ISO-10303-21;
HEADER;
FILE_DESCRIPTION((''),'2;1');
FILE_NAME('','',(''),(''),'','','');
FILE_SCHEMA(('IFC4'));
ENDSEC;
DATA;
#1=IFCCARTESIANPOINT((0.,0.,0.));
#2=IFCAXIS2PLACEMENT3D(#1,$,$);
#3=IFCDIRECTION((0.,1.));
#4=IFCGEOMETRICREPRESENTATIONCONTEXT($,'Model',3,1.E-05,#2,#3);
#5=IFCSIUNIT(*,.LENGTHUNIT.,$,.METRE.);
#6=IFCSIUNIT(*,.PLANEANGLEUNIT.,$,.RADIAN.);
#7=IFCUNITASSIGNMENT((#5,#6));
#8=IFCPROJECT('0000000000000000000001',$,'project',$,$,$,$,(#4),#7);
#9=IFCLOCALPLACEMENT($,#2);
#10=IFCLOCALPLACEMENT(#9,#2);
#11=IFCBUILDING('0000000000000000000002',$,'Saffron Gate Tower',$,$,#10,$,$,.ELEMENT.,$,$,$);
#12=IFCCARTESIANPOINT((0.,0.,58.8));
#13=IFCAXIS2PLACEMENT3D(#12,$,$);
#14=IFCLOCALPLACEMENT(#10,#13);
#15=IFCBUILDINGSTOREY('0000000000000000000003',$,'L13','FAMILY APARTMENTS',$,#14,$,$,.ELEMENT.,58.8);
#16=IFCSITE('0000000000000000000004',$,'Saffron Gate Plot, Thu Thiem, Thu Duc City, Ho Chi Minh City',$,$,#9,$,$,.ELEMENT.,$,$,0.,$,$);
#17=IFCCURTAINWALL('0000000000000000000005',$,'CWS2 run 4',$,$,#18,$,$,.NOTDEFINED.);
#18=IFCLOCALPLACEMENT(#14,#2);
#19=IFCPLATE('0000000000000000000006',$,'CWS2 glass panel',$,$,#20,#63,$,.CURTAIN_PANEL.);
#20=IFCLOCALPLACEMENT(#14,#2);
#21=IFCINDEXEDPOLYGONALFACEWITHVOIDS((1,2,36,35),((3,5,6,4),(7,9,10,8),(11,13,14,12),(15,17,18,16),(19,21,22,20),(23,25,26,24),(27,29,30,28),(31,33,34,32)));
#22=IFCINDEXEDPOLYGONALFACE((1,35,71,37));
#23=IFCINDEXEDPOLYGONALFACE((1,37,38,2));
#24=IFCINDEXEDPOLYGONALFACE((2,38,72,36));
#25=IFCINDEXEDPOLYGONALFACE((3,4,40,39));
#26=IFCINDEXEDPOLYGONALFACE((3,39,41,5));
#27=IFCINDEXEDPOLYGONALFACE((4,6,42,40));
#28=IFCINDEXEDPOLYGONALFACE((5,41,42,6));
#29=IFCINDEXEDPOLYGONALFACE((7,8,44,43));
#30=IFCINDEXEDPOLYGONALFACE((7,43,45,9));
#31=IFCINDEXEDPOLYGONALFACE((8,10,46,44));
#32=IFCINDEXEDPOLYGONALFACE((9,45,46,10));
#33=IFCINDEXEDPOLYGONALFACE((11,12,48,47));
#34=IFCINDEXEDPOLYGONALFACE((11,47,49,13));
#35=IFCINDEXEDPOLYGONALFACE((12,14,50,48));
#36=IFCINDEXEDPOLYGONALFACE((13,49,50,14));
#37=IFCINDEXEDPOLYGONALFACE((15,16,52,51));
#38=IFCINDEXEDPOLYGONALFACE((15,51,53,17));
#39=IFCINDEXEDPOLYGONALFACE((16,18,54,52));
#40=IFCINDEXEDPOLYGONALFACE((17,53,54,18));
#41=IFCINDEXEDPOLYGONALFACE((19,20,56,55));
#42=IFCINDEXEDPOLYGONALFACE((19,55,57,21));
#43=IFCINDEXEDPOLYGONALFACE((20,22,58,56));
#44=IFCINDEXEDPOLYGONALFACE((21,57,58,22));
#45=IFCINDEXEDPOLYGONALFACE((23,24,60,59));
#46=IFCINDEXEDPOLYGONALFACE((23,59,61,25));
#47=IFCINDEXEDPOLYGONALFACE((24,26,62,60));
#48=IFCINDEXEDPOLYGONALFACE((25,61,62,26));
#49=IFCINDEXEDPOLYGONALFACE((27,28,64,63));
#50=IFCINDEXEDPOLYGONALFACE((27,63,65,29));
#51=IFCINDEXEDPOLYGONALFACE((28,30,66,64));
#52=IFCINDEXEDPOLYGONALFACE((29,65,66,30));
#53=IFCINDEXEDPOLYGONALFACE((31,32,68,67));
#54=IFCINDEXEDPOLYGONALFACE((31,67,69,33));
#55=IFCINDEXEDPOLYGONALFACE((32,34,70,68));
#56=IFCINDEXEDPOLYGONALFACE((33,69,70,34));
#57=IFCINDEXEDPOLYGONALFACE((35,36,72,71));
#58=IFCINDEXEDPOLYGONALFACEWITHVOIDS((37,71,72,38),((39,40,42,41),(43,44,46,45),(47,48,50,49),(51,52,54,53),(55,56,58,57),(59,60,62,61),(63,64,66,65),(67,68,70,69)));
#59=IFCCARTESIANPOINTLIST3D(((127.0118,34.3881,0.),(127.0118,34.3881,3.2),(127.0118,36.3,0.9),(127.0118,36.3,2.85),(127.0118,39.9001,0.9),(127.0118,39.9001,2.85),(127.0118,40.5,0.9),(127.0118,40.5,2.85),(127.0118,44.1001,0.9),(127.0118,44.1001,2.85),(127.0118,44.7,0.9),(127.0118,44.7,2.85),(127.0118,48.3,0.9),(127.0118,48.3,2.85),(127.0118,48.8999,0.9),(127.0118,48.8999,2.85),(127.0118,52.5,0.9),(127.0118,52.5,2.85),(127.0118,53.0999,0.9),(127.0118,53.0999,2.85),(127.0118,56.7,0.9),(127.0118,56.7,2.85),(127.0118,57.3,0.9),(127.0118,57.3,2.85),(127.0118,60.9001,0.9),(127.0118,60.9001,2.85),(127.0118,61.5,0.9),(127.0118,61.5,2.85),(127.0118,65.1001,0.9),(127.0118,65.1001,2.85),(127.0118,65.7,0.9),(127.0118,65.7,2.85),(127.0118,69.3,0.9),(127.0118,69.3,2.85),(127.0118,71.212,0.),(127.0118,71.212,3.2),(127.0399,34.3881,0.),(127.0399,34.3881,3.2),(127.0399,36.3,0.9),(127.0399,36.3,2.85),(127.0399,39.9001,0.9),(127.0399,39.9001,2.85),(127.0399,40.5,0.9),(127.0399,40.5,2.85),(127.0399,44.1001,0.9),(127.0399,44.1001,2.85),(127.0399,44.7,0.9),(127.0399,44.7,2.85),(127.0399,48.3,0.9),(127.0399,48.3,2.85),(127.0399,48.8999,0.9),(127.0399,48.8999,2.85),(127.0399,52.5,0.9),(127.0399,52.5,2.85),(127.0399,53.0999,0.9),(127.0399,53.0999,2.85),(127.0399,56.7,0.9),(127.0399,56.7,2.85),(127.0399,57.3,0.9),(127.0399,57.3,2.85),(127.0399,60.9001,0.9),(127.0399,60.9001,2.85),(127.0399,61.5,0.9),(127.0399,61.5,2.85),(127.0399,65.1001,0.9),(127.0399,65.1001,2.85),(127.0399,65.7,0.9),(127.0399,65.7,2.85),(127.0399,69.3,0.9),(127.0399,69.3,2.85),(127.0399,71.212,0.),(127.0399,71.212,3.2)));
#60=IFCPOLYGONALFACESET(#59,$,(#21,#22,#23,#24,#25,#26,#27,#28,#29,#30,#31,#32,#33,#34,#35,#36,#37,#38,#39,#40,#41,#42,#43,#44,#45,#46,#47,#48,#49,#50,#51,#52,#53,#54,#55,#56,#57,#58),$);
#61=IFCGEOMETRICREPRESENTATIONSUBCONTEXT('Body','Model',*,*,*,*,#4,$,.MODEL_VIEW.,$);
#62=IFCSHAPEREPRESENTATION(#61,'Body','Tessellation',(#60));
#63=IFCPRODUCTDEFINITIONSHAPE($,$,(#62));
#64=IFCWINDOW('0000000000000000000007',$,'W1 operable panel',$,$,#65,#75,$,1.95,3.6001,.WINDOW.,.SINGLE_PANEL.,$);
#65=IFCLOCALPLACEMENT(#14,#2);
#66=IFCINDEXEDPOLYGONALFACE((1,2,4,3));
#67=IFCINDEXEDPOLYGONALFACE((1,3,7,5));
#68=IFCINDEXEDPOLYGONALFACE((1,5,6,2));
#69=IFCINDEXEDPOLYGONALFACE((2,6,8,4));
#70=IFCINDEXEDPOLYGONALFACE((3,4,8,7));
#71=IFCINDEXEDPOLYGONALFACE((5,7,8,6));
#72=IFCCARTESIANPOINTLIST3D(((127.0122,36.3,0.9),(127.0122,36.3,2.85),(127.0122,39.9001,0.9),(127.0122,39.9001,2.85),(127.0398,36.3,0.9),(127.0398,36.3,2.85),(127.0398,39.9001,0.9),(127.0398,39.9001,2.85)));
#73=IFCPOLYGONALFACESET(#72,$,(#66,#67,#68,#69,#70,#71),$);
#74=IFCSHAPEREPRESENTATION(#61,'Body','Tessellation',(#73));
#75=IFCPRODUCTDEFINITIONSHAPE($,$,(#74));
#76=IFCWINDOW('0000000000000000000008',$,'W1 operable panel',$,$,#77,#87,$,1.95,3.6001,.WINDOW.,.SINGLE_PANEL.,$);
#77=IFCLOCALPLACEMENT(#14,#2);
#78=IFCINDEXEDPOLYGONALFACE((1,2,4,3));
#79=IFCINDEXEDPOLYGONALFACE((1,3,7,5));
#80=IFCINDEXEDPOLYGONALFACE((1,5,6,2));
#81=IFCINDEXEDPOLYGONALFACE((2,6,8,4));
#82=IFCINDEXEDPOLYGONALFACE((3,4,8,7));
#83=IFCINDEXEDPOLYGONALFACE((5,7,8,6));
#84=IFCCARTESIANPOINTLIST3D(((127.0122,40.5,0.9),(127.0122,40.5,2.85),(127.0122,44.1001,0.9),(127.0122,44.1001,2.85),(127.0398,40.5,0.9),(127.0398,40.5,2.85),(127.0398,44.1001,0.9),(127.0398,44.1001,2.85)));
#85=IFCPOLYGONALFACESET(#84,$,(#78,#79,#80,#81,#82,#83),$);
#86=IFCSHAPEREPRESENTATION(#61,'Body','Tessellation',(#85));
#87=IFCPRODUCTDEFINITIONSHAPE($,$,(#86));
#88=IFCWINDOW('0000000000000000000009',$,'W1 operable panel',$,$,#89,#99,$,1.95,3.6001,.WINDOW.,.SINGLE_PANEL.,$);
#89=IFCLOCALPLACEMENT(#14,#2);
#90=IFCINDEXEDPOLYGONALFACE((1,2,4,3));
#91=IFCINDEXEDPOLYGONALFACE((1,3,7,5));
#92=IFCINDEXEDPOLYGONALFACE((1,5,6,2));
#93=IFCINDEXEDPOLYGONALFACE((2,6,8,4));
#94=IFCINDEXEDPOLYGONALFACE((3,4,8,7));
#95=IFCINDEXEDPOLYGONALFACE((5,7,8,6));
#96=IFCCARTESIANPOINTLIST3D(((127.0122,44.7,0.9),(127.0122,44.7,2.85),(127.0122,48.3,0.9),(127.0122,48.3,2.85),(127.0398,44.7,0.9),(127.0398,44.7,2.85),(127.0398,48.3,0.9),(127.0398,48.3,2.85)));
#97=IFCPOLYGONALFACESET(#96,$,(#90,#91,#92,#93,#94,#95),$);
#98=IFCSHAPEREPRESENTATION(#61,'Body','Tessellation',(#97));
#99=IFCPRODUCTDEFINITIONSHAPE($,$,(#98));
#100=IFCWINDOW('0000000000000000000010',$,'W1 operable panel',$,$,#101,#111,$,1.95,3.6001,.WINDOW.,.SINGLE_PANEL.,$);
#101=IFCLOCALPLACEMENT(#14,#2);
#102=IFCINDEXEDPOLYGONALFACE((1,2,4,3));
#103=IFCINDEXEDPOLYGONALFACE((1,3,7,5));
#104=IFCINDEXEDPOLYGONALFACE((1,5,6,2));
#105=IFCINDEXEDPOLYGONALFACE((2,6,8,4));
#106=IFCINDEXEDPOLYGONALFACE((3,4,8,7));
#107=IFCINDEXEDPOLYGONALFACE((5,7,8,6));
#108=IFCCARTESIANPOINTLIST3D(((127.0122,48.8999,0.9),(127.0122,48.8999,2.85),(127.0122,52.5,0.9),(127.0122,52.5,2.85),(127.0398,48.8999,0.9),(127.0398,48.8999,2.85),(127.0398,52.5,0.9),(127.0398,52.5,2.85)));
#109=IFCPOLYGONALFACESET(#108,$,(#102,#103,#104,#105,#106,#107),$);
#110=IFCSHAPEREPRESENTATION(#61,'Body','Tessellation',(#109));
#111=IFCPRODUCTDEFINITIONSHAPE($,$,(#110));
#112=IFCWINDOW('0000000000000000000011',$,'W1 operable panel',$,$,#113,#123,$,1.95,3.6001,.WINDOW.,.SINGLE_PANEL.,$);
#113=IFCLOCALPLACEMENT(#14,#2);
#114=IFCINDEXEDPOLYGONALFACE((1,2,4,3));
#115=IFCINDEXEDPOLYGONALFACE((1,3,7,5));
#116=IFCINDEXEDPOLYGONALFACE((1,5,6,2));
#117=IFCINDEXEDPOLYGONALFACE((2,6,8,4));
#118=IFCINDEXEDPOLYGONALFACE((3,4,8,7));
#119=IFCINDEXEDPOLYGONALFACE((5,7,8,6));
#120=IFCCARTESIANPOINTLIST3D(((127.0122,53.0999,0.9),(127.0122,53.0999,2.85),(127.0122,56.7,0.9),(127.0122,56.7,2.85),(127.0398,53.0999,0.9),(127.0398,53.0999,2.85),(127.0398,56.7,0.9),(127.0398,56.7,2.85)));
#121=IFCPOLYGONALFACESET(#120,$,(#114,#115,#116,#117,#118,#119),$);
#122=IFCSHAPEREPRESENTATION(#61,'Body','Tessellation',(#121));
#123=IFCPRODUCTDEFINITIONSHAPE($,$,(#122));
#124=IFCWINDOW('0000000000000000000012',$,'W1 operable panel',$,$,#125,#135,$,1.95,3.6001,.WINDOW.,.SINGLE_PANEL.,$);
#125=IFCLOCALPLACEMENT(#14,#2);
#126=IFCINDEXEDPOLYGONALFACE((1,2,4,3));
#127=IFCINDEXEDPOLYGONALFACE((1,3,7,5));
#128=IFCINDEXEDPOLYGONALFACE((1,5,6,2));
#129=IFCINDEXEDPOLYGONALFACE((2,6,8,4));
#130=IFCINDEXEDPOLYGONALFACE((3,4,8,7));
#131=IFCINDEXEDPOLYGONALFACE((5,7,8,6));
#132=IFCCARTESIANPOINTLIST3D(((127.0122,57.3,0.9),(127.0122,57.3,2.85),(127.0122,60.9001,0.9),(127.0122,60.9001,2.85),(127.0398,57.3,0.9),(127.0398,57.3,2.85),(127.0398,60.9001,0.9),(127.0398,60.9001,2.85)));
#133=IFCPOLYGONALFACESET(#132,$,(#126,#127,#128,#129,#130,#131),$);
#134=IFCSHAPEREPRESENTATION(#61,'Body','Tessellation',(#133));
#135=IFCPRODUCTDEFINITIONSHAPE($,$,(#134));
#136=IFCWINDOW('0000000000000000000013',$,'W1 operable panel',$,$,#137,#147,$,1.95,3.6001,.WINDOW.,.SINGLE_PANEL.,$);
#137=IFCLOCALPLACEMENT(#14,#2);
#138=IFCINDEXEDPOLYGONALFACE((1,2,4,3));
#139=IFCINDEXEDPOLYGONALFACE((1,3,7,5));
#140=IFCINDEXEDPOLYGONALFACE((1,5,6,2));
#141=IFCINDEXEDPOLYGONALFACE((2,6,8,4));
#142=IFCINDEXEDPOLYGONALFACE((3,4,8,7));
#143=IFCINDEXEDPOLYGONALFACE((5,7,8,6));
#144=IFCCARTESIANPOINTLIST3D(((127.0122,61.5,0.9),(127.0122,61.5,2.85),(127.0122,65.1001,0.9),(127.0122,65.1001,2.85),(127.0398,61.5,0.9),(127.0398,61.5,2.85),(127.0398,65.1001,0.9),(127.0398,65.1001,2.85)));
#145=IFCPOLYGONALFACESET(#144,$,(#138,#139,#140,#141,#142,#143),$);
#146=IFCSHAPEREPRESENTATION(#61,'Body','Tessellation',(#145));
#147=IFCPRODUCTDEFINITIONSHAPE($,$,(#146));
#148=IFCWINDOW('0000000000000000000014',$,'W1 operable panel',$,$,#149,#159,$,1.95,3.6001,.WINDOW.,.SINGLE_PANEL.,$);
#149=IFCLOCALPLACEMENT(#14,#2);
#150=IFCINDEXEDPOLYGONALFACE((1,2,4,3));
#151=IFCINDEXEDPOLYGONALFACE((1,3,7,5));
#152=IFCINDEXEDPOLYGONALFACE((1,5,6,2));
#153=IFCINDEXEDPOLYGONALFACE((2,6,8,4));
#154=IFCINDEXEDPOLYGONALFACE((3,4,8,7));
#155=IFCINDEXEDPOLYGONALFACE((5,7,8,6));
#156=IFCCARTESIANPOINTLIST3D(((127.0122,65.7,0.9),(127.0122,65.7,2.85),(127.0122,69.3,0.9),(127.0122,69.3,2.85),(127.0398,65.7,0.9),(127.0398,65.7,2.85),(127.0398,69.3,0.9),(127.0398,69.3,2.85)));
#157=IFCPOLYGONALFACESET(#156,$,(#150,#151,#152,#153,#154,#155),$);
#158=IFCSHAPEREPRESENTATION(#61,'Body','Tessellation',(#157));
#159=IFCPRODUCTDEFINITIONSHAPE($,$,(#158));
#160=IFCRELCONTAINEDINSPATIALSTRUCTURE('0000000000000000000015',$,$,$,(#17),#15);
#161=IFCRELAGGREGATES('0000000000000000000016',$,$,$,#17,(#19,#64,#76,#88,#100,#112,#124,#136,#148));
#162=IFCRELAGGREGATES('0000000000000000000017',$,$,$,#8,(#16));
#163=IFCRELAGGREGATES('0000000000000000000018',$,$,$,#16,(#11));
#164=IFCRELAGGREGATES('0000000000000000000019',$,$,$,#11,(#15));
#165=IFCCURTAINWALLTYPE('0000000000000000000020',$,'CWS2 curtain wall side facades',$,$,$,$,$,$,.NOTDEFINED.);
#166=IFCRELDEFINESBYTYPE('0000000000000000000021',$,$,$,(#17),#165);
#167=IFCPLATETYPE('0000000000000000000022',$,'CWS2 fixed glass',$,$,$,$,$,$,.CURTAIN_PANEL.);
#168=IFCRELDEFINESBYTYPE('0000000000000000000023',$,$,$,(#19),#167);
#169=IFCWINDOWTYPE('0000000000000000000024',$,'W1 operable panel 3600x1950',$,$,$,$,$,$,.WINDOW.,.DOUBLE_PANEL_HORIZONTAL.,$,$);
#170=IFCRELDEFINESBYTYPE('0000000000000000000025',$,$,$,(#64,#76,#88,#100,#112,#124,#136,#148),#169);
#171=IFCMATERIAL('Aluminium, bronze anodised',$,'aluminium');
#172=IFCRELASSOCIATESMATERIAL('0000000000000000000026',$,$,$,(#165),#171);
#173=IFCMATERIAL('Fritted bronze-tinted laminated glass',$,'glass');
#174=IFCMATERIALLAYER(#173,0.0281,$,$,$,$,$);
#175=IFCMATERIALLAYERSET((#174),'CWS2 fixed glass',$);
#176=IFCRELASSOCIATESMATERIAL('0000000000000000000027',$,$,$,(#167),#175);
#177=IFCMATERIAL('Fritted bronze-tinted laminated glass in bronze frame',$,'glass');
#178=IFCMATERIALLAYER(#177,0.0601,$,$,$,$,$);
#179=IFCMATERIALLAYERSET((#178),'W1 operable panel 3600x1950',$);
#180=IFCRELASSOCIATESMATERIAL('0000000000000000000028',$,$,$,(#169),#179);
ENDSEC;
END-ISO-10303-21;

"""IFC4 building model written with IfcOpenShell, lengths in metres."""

from ifc_helpers import new_model, si_unit, direction, frame, frame_2d, origin, place, context, subcontext, project, spatial, rectangle, extrude, material, layer, layer_set, type_object, element, fill, aggregate, save


model = new_model("IFC4")

# Units and contexts
model_context = context("Model", 3, precision=1e-05, world=origin(), true_north=direction((0.0, 1.0)))
body_context = subcontext(model_context, "Body", "Model", "MODEL_VIEW")
ifc_project = project(units=[si_unit("LENGTHUNIT", "METRE"), si_unit("PLANEANGLEUNIT", "RADIAN")], contexts=[model_context])

# Site, building, storey
site_placement = place(None, origin())
site = spatial("IfcSite", under=ifc_project, at=site_placement, Name="Saffron Gate Plot, Thu Thiem, Thu Duc City, Ho Chi Minh City", CompositionType="ELEMENT", RefElevation=0.0)
building_placement = place(site_placement, origin())
building = spatial("IfcBuilding", under=site, at=building_placement, Name="Saffron Gate Tower", CompositionType="ELEMENT")
storey_placement = place(building_placement, frame((0.0, 0.0, 58.8)))
storey = spatial("IfcBuildingStorey", under=building, at=storey_placement, Name="L13", Description="FAMILY APARTMENTS", CompositionType="ELEMENT", Elevation=58.8)

# Curtain wall
ifc_material_1 = material(Name="Aluminium, bronze anodised", Category="aluminium")
curtain_wall_type_1 = type_object("IfcCurtainWallType", Name="CWS2 curtain wall side facades", PredefinedType="NOTDEFINED", material=ifc_material_1)
curtain_wall_1_placement = place(storey_placement, origin())
curtain_wall_1 = element("IfcCurtainWall", 1, at=curtain_wall_1_placement, inside=storey, type_object=curtain_wall_type_1, Name="CWS2 run 4", PredefinedType="NOTDEFINED")

# Plate, openings, windows
ifc_material_2 = material(Name="Fritted bronze-tinted laminated glass", Category="glass")
ifc_layer_1 = layer(ifc_material_2, 0.0281)
ifc_layer_set_1 = layer_set([ifc_layer_1], Name="CWS2 fixed glass")
plate_type_1 = type_object("IfcPlateType", Name="CWS2 fixed glass", PredefinedType="CURTAIN_PANEL", material=ifc_layer_set_1)
plate_1_placement = place(storey_placement, frame((127.0259, 34.3879, 0.0), z_axis=(0.0, 0.0, 1.0), x_axis=(0.0, 1.0, 0.0)))
plate_1 = element("IfcPlate", 2, at=plate_1_placement, type_object=plate_type_1, Name="CWS2 glass panel", PredefinedType="CURTAIN_PANEL", context=body_context, shape_type="SweptSolid", body=[
    extrude(rectangle(XDim=36.824, YDim=0.0281, at=frame_2d((18.4121, 0.0))), origin(), (0.0, 0.0, 1.0), 3.2),
])
opening_1_placement = place(plate_1_placement, frame((1.9121, 0.0, 0.8999)))
opening_1 = element("IfcOpeningElement", 3, at=opening_1_placement, cuts=plate_1, PredefinedType="OPENING", context=body_context, shape_type="SweptSolid", body=[
    extrude(rectangle(XDim=3.6001, YDim=1.95, at=frame_2d((1.8, 0.9751))), frame((0.0, 0.0239, 0.0), z_axis=(0.0, -1.0, 0.0), x_axis=(1.0, 0.0, 0.0)), (0.0, 0.0, 1.0), 0.0481),
])
opening_2_placement = place(plate_1_placement, frame((6.1121, 0.0, 0.8999)))
opening_2 = element("IfcOpeningElement", 4, at=opening_2_placement, cuts=plate_1, PredefinedType="OPENING", context=body_context, shape_type="SweptSolid", body=[
    extrude(rectangle(XDim=3.6001, YDim=1.95, at=frame_2d((1.8, 0.9751))), frame((0.0, 0.0239, 0.0), z_axis=(0.0, -1.0, 0.0), x_axis=(1.0, 0.0, 0.0)), (0.0, 0.0, 1.0), 0.0481),
])
opening_3_placement = place(plate_1_placement, frame((10.312, 0.0, 0.8999)))
opening_3 = element("IfcOpeningElement", 5, at=opening_3_placement, cuts=plate_1, PredefinedType="OPENING", context=body_context, shape_type="SweptSolid", body=[
    extrude(rectangle(XDim=3.6001, YDim=1.95, at=frame_2d((1.8, 0.9751))), frame((0.0, 0.0239, 0.0), z_axis=(0.0, -1.0, 0.0), x_axis=(1.0, 0.0, 0.0)), (0.0, 0.0, 1.0), 0.0481),
])
opening_4_placement = place(plate_1_placement, frame((14.512, 0.0, 0.8999)))
opening_4 = element("IfcOpeningElement", 6, at=opening_4_placement, cuts=plate_1, PredefinedType="OPENING", context=body_context, shape_type="SweptSolid", body=[
    extrude(rectangle(XDim=3.6001, YDim=1.95, at=frame_2d((1.8, 0.9751))), frame((0.0, 0.0239, 0.0), z_axis=(0.0, -1.0, 0.0), x_axis=(1.0, 0.0, 0.0)), (0.0, 0.0, 1.0), 0.0481),
])
opening_5_placement = place(plate_1_placement, frame((18.7119, 0.0, 0.8999)))
opening_5 = element("IfcOpeningElement", 7, at=opening_5_placement, cuts=plate_1, PredefinedType="OPENING", context=body_context, shape_type="SweptSolid", body=[
    extrude(rectangle(XDim=3.6001, YDim=1.95, at=frame_2d((1.8, 0.9751))), frame((0.0, 0.0239, 0.0), z_axis=(0.0, -1.0, 0.0), x_axis=(1.0, 0.0, 0.0)), (0.0, 0.0, 1.0), 0.0481),
])
opening_6_placement = place(plate_1_placement, frame((22.9121, 0.0, 0.8999)))
opening_6 = element("IfcOpeningElement", 8, at=opening_6_placement, cuts=plate_1, PredefinedType="OPENING", context=body_context, shape_type="SweptSolid", body=[
    extrude(rectangle(XDim=3.6001, YDim=1.95, at=frame_2d((1.8, 0.9751))), frame((0.0, 0.0239, 0.0), z_axis=(0.0, -1.0, 0.0), x_axis=(1.0, 0.0, 0.0)), (0.0, 0.0, 1.0), 0.0481),
])
opening_7_placement = place(plate_1_placement, frame((27.1121, 0.0, 0.8999)))
opening_7 = element("IfcOpeningElement", 9, at=opening_7_placement, cuts=plate_1, PredefinedType="OPENING", context=body_context, shape_type="SweptSolid", body=[
    extrude(rectangle(XDim=3.6001, YDim=1.95, at=frame_2d((1.8, 0.9751))), frame((0.0, 0.0239, 0.0), z_axis=(0.0, -1.0, 0.0), x_axis=(1.0, 0.0, 0.0)), (0.0, 0.0, 1.0), 0.0481),
])
opening_8_placement = place(plate_1_placement, frame((31.312, 0.0, 0.8999)))
opening_8 = element("IfcOpeningElement", 10, at=opening_8_placement, cuts=plate_1, PredefinedType="OPENING", context=body_context, shape_type="SweptSolid", body=[
    extrude(rectangle(XDim=3.6001, YDim=1.95, at=frame_2d((1.8, 0.9751))), frame((0.0, 0.0239, 0.0), z_axis=(0.0, -1.0, 0.0), x_axis=(1.0, 0.0, 0.0)), (0.0, 0.0, 1.0), 0.0481),
])
ifc_material_3 = material(Name="Fritted bronze-tinted laminated glass in bronze frame", Category="glass")
ifc_layer_2 = layer(ifc_material_3, 0.0601)
ifc_layer_set_2 = layer_set([ifc_layer_2], Name="W1 operable panel 3600x1950")
window_type = type_object("IfcWindowType", Name="W1 operable panel 3600x1950", PartitioningType="DOUBLE_PANEL_HORIZONTAL", PredefinedType="WINDOW", material=ifc_layer_set_2)
window_1_placement = place(opening_1_placement, origin())
window_1 = element("IfcWindow", 11, at=window_1_placement, type_object=window_type, Name="W1 operable panel", OverallHeight=1.95, OverallWidth=3.6001, PartitioningType="SINGLE_PANEL", PredefinedType="WINDOW", context=body_context, shape_type="SweptSolid", body=[
    extrude(rectangle(XDim=3.6001, YDim=1.95, at=frame_2d((1.8, 0.9751))), frame((0.0, 0.0137, 0.0), z_axis=(0.0, -1.0, 0.0), x_axis=(1.0, 0.0, 0.0)), (0.0, 0.0, 1.0), 0.0276),
])
fill(opening_1, window_1)
window_2_placement = place(opening_2_placement, origin())
window_2 = element("IfcWindow", 12, at=window_2_placement, type_object=window_type, Name="W1 operable panel", OverallHeight=1.95, OverallWidth=3.6001, PartitioningType="SINGLE_PANEL", PredefinedType="WINDOW", context=body_context, shape_type="SweptSolid", body=[
    extrude(rectangle(XDim=3.6001, YDim=1.95, at=frame_2d((1.8, 0.9751))), frame((0.0, 0.0137, 0.0), z_axis=(0.0, -1.0, 0.0), x_axis=(1.0, 0.0, 0.0)), (0.0, 0.0, 1.0), 0.0276),
])
fill(opening_2, window_2)
window_3_placement = place(opening_3_placement, origin())
window_3 = element("IfcWindow", 13, at=window_3_placement, type_object=window_type, Name="W1 operable panel", OverallHeight=1.95, OverallWidth=3.6001, PartitioningType="SINGLE_PANEL", PredefinedType="WINDOW", context=body_context, shape_type="SweptSolid", body=[
    extrude(rectangle(XDim=3.6001, YDim=1.95, at=frame_2d((1.8, 0.9751))), frame((0.0, 0.0137, 0.0), z_axis=(0.0, -1.0, 0.0), x_axis=(1.0, 0.0, 0.0)), (0.0, 0.0, 1.0), 0.0276),
])
fill(opening_3, window_3)
window_4_placement = place(opening_4_placement, origin())
window_4 = element("IfcWindow", 14, at=window_4_placement, type_object=window_type, Name="W1 operable panel", OverallHeight=1.95, OverallWidth=3.6001, PartitioningType="SINGLE_PANEL", PredefinedType="WINDOW", context=body_context, shape_type="SweptSolid", body=[
    extrude(rectangle(XDim=3.6001, YDim=1.95, at=frame_2d((1.8, 0.9751))), frame((0.0, 0.0137, 0.0), z_axis=(0.0, -1.0, 0.0), x_axis=(1.0, 0.0, 0.0)), (0.0, 0.0, 1.0), 0.0276),
])
fill(opening_4, window_4)
window_5_placement = place(opening_5_placement, origin())
window_5 = element("IfcWindow", 15, at=window_5_placement, type_object=window_type, Name="W1 operable panel", OverallHeight=1.95, OverallWidth=3.6001, PartitioningType="SINGLE_PANEL", PredefinedType="WINDOW", context=body_context, shape_type="SweptSolid", body=[
    extrude(rectangle(XDim=3.6001, YDim=1.95, at=frame_2d((1.8, 0.9751))), frame((0.0, 0.0137, 0.0), z_axis=(0.0, -1.0, 0.0), x_axis=(1.0, 0.0, 0.0)), (0.0, 0.0, 1.0), 0.0276),
])
fill(opening_5, window_5)
window_6_placement = place(opening_6_placement, origin())
window_6 = element("IfcWindow", 16, at=window_6_placement, type_object=window_type, Name="W1 operable panel", OverallHeight=1.95, OverallWidth=3.6001, PartitioningType="SINGLE_PANEL", PredefinedType="WINDOW", context=body_context, shape_type="SweptSolid", body=[
    extrude(rectangle(XDim=3.6001, YDim=1.95, at=frame_2d((1.8, 0.9751))), frame((0.0, 0.0137, 0.0), z_axis=(0.0, -1.0, 0.0), x_axis=(1.0, 0.0, 0.0)), (0.0, 0.0, 1.0), 0.0276),
])
fill(opening_6, window_6)
window_7_placement = place(opening_7_placement, origin())
window_7 = element("IfcWindow", 17, at=window_7_placement, type_object=window_type, Name="W1 operable panel", OverallHeight=1.95, OverallWidth=3.6001, PartitioningType="SINGLE_PANEL", PredefinedType="WINDOW", context=body_context, shape_type="SweptSolid", body=[
    extrude(rectangle(XDim=3.6001, YDim=1.95, at=frame_2d((1.8, 0.9751))), frame((0.0, 0.0137, 0.0), z_axis=(0.0, -1.0, 0.0), x_axis=(1.0, 0.0, 0.0)), (0.0, 0.0, 1.0), 0.0276),
])
fill(opening_7, window_7)
window_8_placement = place(opening_8_placement, origin())
window_8 = element("IfcWindow", 18, at=window_8_placement, type_object=window_type, Name="W1 operable panel", OverallHeight=1.95, OverallWidth=3.6001, PartitioningType="SINGLE_PANEL", PredefinedType="WINDOW", context=body_context, shape_type="SweptSolid", body=[
    extrude(rectangle(XDim=3.6001, YDim=1.95, at=frame_2d((1.8, 0.9751))), frame((0.0, 0.0137, 0.0), z_axis=(0.0, -1.0, 0.0), x_axis=(1.0, 0.0, 0.0)), (0.0, 0.0, 1.0), 0.0276),
])
fill(opening_8, window_8)
aggregate(curtain_wall_1, [plate_1, window_1, window_2, window_3, window_4, window_5, window_6, window_7, window_8])

save(model, "model.ifc")
